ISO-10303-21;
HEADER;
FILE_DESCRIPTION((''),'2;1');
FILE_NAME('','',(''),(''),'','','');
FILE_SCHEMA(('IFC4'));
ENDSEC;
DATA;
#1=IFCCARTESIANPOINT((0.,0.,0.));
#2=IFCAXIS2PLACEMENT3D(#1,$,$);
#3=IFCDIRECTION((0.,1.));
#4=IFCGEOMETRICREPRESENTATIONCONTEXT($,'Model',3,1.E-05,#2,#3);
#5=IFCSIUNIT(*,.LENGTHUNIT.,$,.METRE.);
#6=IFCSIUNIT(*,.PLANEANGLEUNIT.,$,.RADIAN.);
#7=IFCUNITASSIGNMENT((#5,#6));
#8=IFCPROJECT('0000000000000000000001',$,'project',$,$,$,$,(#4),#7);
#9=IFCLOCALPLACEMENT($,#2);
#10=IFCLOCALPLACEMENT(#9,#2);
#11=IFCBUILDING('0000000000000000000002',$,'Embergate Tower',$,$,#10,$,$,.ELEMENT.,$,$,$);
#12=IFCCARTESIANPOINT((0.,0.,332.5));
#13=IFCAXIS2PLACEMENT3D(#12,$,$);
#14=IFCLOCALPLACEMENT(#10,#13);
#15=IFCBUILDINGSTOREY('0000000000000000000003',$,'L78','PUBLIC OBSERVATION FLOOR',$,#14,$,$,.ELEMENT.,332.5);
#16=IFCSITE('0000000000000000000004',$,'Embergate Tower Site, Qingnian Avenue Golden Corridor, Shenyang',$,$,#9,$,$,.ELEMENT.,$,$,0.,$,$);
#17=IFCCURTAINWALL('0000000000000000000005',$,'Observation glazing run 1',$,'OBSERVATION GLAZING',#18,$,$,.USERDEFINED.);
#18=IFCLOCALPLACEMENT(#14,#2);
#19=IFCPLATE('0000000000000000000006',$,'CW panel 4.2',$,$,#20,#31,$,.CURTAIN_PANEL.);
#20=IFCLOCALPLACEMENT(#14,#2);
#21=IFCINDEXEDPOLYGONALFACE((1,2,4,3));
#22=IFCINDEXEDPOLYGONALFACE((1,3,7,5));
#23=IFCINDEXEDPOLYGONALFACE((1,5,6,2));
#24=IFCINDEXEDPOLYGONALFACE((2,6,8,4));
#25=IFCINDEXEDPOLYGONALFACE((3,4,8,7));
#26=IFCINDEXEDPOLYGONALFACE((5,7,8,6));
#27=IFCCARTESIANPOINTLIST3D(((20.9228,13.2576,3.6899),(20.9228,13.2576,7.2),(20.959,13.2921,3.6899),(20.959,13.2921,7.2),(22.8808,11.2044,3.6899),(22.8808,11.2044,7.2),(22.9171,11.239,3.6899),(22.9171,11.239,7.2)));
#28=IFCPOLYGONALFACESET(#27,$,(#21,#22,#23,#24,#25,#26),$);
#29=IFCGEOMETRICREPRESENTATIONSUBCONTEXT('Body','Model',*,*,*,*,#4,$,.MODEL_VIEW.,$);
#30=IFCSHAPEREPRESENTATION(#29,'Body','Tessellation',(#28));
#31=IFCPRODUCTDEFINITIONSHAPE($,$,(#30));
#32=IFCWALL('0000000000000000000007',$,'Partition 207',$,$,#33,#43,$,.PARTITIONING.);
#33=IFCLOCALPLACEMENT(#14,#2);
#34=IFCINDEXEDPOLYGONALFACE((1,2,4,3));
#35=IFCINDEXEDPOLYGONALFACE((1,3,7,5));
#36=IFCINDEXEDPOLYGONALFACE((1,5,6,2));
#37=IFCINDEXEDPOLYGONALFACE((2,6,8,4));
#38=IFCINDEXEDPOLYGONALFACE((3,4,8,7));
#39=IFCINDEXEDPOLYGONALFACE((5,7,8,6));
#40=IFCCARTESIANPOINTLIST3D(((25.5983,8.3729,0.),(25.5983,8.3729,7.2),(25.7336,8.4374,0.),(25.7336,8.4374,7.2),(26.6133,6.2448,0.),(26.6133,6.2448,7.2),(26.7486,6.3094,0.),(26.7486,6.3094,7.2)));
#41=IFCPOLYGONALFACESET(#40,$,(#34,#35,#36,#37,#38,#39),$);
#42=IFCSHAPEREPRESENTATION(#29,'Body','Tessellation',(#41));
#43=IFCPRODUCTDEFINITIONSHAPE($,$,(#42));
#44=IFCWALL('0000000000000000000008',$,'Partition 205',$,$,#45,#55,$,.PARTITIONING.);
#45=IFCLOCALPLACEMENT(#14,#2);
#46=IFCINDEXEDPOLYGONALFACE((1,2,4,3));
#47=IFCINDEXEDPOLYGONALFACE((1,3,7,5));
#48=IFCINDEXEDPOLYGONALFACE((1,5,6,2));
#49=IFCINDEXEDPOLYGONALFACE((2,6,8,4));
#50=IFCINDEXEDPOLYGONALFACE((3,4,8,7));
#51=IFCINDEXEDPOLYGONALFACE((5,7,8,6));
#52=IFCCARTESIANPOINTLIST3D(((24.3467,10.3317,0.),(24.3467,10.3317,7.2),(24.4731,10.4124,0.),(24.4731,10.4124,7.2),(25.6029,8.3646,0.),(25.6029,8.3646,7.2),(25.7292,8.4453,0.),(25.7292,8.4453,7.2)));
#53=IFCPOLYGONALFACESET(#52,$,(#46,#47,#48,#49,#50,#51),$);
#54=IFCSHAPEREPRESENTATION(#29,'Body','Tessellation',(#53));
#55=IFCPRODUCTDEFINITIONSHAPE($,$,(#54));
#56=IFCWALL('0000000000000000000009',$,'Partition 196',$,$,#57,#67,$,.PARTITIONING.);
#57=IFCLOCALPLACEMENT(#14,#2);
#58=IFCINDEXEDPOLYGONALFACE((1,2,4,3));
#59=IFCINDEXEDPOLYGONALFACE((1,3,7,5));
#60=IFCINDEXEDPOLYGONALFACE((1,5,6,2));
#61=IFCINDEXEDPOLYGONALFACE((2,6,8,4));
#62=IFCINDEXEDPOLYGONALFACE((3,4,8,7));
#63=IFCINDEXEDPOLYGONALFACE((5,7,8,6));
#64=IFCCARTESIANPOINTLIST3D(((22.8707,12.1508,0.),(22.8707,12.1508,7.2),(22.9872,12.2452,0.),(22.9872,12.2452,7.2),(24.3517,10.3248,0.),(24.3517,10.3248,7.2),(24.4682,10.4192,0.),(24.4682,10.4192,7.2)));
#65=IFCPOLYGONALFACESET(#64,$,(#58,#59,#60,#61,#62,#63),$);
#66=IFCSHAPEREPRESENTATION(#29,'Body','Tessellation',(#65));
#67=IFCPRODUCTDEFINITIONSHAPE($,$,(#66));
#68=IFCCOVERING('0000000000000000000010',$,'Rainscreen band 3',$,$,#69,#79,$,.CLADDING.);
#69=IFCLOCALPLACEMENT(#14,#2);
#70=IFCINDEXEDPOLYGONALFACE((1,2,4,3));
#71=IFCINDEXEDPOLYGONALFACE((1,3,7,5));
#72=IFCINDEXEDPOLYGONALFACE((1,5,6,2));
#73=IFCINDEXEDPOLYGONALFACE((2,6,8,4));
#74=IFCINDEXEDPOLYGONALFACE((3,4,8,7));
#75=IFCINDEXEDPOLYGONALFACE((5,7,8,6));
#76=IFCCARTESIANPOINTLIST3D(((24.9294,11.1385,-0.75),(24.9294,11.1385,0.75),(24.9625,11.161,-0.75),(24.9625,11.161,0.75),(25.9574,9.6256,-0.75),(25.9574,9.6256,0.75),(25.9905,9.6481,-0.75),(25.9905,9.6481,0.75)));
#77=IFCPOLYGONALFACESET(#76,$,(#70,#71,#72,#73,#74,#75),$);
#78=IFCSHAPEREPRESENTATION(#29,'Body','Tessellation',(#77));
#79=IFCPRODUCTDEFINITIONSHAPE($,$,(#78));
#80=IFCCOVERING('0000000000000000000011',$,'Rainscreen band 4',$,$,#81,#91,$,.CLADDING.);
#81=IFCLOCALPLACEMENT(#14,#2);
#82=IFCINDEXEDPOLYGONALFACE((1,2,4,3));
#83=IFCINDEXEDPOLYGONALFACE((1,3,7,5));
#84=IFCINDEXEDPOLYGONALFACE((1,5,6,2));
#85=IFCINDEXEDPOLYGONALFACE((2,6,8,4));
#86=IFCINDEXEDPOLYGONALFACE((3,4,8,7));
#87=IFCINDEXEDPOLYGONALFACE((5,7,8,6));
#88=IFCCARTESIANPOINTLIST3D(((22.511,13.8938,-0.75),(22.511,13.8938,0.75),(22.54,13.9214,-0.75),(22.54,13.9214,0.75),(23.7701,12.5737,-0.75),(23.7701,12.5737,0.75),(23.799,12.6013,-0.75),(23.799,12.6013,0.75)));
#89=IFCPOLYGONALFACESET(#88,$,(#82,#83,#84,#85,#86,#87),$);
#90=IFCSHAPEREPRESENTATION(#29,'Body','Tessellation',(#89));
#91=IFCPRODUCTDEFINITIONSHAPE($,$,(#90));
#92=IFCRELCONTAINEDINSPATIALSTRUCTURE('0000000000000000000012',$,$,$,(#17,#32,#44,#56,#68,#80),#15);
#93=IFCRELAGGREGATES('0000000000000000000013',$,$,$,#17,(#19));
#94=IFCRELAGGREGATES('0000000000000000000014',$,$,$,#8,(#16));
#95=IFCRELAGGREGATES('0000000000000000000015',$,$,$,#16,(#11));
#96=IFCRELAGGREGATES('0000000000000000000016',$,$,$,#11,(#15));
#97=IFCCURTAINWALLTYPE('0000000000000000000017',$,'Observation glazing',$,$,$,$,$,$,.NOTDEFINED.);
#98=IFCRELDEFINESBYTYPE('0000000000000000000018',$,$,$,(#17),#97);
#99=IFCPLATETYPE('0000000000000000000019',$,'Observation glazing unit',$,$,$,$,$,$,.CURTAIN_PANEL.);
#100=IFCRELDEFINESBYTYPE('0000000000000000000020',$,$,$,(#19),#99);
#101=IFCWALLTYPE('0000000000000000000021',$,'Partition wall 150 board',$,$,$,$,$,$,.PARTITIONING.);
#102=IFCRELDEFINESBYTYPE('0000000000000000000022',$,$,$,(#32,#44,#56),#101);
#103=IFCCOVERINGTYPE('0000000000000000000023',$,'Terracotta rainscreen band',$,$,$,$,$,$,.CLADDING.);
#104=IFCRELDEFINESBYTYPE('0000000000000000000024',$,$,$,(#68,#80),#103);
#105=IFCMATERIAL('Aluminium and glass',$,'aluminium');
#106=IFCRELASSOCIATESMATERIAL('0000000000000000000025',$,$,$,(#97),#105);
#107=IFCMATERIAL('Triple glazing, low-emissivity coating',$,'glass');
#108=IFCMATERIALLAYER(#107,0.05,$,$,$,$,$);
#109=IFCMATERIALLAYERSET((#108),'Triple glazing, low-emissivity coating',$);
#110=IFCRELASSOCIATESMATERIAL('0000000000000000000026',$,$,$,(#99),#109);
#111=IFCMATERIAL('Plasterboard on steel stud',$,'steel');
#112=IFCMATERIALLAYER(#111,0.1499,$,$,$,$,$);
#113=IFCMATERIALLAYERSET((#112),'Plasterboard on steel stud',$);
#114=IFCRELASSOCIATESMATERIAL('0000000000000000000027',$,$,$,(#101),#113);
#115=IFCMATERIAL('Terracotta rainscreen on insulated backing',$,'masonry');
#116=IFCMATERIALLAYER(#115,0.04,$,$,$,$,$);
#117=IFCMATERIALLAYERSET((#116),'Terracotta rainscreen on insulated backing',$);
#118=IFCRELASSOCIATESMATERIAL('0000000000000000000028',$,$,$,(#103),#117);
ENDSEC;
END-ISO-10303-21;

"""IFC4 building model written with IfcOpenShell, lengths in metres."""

from ifc_helpers import new_model, si_unit, direction, frame, frame_2d, origin, origin_2d, place, context, subcontext, project, spatial, rectangle, extrude, source, transform, mapped, material, layer, layer_set, type_object, element, aggregate, save


model = new_model("IFC4")

# Units and contexts
model_context = context("Model", 3, precision=1e-05, world=origin(), true_north=direction((0.0, 1.0)))
body_context = subcontext(model_context, "Body", "Model", "MODEL_VIEW")
ifc_project = project(units=[si_unit("LENGTHUNIT", "METRE"), si_unit("PLANEANGLEUNIT", "RADIAN")], contexts=[model_context])

# Site, building, storey
site_placement = place(None, origin())
site = spatial("IfcSite", under=ifc_project, at=site_placement, Name="Embergate Tower Site, Qingnian Avenue Golden Corridor, Shenyang", CompositionType="ELEMENT", RefElevation=0.0)
building_placement = place(site_placement, origin())
building = spatial("IfcBuilding", under=site, at=building_placement, Name="Embergate Tower", CompositionType="ELEMENT")
storey_placement = place(building_placement, frame((0.0, 0.0, 332.5)))
storey = spatial("IfcBuildingStorey", under=building, at=storey_placement, Name="L78", Description="PUBLIC OBSERVATION FLOOR", CompositionType="ELEMENT", Elevation=332.5)

# Curtain wall, plate
ifc_material_1 = material(Name="Aluminium and glass", Category="aluminium")
curtain_wall_type = type_object("IfcCurtainWallType", Name="Observation glazing", PredefinedType="NOTDEFINED", material=ifc_material_1)
curtain_wall_placement = place(storey_placement, origin())
curtain_wall = element("IfcCurtainWall", 1, at=curtain_wall_placement, inside=storey, type_object=curtain_wall_type, Name="Observation glazing run 1", ObjectType="OBSERVATION GLAZING", PredefinedType="USERDEFINED")
ifc_material_2 = material(Name="Triple glazing, low-emissivity coating", Category="glass")
ifc_layer_1 = layer(ifc_material_2, 0.05)
ifc_layer_set_1 = layer_set([ifc_layer_1], Name="Triple glazing, low-emissivity coating")
plate_type = type_object("IfcPlateType", Name="Observation glazing unit", PredefinedType="CURTAIN_PANEL", material=ifc_layer_set_1)
shared_shape_1 = source(origin(), body_context, "Body", "SweptSolid", [
    extrude(rectangle(XDim=2.8372, YDim=0.05, at=origin_2d()), origin(), (0.0, 0.0, 1.0), 3.51),
])
plate_1_placement = place(storey_placement, frame((21.9199, 12.2483, 3.6899), z_axis=(0.0, 0.0, 1.0), x_axis=(-0.690143, 0.723673, 0.0)))
plate_1 = element("IfcPlate", 2, at=plate_1_placement, type_object=plate_type, Name="CW panel 4.2", PredefinedType="CURTAIN_PANEL", context=body_context, shape_type="MappedRepresentation", body=[
    mapped(shared_shape_1, transform((0.0, 0.0, 0.0))),
])
aggregate(curtain_wall, [plate_1])

# Walls
ifc_material_3 = material(Name="Plasterboard on steel stud", Category="steel")
ifc_layer_2 = layer(ifc_material_3, 0.1499)
ifc_layer_set_2 = layer_set([ifc_layer_2], Name="Plasterboard on steel stud")
wall_type = type_object("IfcWallType", Name="Partition wall 150 board", PredefinedType="PARTITIONING", material=ifc_layer_set_2)
shared_shape_2 = source(origin(), body_context, "Body", "SweptSolid", [
    extrude(rectangle(XDim=2.3577, YDim=0.1499, at=frame_2d((1.1787, 0.0))), origin(), (0.0, 0.0, 1.0), 7.2),
])
wall_1_placement = place(storey_placement, frame((25.666, 8.405, 0.0), z_axis=(0.0, 0.0, 1.0), x_axis=(0.430484, -0.902598, 0.0)))
element("IfcWall", 3, at=wall_1_placement, inside=storey, type_object=wall_type, Name="Partition 207", PredefinedType="PARTITIONING", context=body_context, shape_type="MappedRepresentation", body=[
    mapped(shared_shape_2, transform((0.0, 0.0, 0.0))),
])
shared_shape_3 = source(origin(), body_context, "Body", "SweptSolid", [
    extrude(rectangle(XDim=2.334, YDim=0.1499, at=frame_2d((1.167, 0.0))), origin(), (0.0, 0.0, 1.0), 7.2),
])
wall_2_placement = place(storey_placement, frame((24.4099, 10.3721, 0.0), z_axis=(0.0, 0.0, 1.0), x_axis=(0.538201, -0.842816, 0.0)))
element("IfcWall", 4, at=wall_2_placement, inside=storey, type_object=wall_type, Name="Partition 205", PredefinedType="PARTITIONING", context=body_context, shape_type="MappedRepresentation", body=[
    mapped(shared_shape_3, transform((0.0, 0.0, 0.0))),
])
shared_shape_4 = source(origin(), body_context, "Body", "SweptSolid", [
    extrude(rectangle(XDim=2.3511, YDim=0.1499, at=frame_2d((1.1755, 0.0))), origin(), (0.0, 0.0, 1.0), 7.2),
])
wall_3_placement = place(storey_placement, frame((22.929, 12.198, 0.0), z_axis=(0.0, 0.0, 1.0), x_axis=(0.629924, -0.776657, 0.0)))
element("IfcWall", 5, at=wall_3_placement, inside=storey, type_object=wall_type, Name="Partition 196", PredefinedType="PARTITIONING", context=body_context, shape_type="MappedRepresentation", body=[
    mapped(shared_shape_4, transform((0.0, 0.0, 0.0))),
])

# Coverings
ifc_material_4 = material(Name="Terracotta rainscreen on insulated backing", Category="masonry")
ifc_layer_3 = layer(ifc_material_4, 0.04)
ifc_layer_set_3 = layer_set([ifc_layer_3], Name="Terracotta rainscreen on insulated backing")
covering_type = type_object("IfcCoveringType", Name="Terracotta rainscreen band", PredefinedType="CLADDING", material=ifc_layer_set_3)
shared_shape_5 = source(origin(), body_context, "Body", "SweptSolid", [
    extrude(rectangle(XDim=1.8291, YDim=0.04, at=origin_2d()), origin(), (0.0, 0.0, 1.0), 1.5),
])
covering_1_placement = place(storey_placement, frame((25.46, 10.3933, -0.75), z_axis=(0.0, 0.0, 1.0), x_axis=(-0.561995, 0.82714, 0.0)))
element("IfcCovering", 6, at=covering_1_placement, inside=storey, type_object=covering_type, Name="Rainscreen band 3", PredefinedType="CLADDING", context=body_context, shape_type="MappedRepresentation", body=[
    mapped(shared_shape_5, transform((0.0, 0.0, 0.0))),
])
shared_shape_6 = source(origin(), body_context, "Body", "SweptSolid", [
    extrude(rectangle(XDim=1.8242, YDim=0.04, at=origin_2d()), origin(), (0.0, 0.0, 1.0), 1.5),
])
covering_2_placement = place(storey_placement, frame((23.155, 13.2476, -0.75), z_axis=(0.0, 0.0, 1.0), x_axis=(-0.690189, 0.723629, 0.0)))
element("IfcCovering", 7, at=covering_2_placement, inside=storey, type_object=covering_type, Name="Rainscreen band 4", PredefinedType="CLADDING", context=body_context, shape_type="MappedRepresentation", body=[
    mapped(shared_shape_6, transform((0.0, 0.0, 0.0))),
])

save(model, "model.ifc")
